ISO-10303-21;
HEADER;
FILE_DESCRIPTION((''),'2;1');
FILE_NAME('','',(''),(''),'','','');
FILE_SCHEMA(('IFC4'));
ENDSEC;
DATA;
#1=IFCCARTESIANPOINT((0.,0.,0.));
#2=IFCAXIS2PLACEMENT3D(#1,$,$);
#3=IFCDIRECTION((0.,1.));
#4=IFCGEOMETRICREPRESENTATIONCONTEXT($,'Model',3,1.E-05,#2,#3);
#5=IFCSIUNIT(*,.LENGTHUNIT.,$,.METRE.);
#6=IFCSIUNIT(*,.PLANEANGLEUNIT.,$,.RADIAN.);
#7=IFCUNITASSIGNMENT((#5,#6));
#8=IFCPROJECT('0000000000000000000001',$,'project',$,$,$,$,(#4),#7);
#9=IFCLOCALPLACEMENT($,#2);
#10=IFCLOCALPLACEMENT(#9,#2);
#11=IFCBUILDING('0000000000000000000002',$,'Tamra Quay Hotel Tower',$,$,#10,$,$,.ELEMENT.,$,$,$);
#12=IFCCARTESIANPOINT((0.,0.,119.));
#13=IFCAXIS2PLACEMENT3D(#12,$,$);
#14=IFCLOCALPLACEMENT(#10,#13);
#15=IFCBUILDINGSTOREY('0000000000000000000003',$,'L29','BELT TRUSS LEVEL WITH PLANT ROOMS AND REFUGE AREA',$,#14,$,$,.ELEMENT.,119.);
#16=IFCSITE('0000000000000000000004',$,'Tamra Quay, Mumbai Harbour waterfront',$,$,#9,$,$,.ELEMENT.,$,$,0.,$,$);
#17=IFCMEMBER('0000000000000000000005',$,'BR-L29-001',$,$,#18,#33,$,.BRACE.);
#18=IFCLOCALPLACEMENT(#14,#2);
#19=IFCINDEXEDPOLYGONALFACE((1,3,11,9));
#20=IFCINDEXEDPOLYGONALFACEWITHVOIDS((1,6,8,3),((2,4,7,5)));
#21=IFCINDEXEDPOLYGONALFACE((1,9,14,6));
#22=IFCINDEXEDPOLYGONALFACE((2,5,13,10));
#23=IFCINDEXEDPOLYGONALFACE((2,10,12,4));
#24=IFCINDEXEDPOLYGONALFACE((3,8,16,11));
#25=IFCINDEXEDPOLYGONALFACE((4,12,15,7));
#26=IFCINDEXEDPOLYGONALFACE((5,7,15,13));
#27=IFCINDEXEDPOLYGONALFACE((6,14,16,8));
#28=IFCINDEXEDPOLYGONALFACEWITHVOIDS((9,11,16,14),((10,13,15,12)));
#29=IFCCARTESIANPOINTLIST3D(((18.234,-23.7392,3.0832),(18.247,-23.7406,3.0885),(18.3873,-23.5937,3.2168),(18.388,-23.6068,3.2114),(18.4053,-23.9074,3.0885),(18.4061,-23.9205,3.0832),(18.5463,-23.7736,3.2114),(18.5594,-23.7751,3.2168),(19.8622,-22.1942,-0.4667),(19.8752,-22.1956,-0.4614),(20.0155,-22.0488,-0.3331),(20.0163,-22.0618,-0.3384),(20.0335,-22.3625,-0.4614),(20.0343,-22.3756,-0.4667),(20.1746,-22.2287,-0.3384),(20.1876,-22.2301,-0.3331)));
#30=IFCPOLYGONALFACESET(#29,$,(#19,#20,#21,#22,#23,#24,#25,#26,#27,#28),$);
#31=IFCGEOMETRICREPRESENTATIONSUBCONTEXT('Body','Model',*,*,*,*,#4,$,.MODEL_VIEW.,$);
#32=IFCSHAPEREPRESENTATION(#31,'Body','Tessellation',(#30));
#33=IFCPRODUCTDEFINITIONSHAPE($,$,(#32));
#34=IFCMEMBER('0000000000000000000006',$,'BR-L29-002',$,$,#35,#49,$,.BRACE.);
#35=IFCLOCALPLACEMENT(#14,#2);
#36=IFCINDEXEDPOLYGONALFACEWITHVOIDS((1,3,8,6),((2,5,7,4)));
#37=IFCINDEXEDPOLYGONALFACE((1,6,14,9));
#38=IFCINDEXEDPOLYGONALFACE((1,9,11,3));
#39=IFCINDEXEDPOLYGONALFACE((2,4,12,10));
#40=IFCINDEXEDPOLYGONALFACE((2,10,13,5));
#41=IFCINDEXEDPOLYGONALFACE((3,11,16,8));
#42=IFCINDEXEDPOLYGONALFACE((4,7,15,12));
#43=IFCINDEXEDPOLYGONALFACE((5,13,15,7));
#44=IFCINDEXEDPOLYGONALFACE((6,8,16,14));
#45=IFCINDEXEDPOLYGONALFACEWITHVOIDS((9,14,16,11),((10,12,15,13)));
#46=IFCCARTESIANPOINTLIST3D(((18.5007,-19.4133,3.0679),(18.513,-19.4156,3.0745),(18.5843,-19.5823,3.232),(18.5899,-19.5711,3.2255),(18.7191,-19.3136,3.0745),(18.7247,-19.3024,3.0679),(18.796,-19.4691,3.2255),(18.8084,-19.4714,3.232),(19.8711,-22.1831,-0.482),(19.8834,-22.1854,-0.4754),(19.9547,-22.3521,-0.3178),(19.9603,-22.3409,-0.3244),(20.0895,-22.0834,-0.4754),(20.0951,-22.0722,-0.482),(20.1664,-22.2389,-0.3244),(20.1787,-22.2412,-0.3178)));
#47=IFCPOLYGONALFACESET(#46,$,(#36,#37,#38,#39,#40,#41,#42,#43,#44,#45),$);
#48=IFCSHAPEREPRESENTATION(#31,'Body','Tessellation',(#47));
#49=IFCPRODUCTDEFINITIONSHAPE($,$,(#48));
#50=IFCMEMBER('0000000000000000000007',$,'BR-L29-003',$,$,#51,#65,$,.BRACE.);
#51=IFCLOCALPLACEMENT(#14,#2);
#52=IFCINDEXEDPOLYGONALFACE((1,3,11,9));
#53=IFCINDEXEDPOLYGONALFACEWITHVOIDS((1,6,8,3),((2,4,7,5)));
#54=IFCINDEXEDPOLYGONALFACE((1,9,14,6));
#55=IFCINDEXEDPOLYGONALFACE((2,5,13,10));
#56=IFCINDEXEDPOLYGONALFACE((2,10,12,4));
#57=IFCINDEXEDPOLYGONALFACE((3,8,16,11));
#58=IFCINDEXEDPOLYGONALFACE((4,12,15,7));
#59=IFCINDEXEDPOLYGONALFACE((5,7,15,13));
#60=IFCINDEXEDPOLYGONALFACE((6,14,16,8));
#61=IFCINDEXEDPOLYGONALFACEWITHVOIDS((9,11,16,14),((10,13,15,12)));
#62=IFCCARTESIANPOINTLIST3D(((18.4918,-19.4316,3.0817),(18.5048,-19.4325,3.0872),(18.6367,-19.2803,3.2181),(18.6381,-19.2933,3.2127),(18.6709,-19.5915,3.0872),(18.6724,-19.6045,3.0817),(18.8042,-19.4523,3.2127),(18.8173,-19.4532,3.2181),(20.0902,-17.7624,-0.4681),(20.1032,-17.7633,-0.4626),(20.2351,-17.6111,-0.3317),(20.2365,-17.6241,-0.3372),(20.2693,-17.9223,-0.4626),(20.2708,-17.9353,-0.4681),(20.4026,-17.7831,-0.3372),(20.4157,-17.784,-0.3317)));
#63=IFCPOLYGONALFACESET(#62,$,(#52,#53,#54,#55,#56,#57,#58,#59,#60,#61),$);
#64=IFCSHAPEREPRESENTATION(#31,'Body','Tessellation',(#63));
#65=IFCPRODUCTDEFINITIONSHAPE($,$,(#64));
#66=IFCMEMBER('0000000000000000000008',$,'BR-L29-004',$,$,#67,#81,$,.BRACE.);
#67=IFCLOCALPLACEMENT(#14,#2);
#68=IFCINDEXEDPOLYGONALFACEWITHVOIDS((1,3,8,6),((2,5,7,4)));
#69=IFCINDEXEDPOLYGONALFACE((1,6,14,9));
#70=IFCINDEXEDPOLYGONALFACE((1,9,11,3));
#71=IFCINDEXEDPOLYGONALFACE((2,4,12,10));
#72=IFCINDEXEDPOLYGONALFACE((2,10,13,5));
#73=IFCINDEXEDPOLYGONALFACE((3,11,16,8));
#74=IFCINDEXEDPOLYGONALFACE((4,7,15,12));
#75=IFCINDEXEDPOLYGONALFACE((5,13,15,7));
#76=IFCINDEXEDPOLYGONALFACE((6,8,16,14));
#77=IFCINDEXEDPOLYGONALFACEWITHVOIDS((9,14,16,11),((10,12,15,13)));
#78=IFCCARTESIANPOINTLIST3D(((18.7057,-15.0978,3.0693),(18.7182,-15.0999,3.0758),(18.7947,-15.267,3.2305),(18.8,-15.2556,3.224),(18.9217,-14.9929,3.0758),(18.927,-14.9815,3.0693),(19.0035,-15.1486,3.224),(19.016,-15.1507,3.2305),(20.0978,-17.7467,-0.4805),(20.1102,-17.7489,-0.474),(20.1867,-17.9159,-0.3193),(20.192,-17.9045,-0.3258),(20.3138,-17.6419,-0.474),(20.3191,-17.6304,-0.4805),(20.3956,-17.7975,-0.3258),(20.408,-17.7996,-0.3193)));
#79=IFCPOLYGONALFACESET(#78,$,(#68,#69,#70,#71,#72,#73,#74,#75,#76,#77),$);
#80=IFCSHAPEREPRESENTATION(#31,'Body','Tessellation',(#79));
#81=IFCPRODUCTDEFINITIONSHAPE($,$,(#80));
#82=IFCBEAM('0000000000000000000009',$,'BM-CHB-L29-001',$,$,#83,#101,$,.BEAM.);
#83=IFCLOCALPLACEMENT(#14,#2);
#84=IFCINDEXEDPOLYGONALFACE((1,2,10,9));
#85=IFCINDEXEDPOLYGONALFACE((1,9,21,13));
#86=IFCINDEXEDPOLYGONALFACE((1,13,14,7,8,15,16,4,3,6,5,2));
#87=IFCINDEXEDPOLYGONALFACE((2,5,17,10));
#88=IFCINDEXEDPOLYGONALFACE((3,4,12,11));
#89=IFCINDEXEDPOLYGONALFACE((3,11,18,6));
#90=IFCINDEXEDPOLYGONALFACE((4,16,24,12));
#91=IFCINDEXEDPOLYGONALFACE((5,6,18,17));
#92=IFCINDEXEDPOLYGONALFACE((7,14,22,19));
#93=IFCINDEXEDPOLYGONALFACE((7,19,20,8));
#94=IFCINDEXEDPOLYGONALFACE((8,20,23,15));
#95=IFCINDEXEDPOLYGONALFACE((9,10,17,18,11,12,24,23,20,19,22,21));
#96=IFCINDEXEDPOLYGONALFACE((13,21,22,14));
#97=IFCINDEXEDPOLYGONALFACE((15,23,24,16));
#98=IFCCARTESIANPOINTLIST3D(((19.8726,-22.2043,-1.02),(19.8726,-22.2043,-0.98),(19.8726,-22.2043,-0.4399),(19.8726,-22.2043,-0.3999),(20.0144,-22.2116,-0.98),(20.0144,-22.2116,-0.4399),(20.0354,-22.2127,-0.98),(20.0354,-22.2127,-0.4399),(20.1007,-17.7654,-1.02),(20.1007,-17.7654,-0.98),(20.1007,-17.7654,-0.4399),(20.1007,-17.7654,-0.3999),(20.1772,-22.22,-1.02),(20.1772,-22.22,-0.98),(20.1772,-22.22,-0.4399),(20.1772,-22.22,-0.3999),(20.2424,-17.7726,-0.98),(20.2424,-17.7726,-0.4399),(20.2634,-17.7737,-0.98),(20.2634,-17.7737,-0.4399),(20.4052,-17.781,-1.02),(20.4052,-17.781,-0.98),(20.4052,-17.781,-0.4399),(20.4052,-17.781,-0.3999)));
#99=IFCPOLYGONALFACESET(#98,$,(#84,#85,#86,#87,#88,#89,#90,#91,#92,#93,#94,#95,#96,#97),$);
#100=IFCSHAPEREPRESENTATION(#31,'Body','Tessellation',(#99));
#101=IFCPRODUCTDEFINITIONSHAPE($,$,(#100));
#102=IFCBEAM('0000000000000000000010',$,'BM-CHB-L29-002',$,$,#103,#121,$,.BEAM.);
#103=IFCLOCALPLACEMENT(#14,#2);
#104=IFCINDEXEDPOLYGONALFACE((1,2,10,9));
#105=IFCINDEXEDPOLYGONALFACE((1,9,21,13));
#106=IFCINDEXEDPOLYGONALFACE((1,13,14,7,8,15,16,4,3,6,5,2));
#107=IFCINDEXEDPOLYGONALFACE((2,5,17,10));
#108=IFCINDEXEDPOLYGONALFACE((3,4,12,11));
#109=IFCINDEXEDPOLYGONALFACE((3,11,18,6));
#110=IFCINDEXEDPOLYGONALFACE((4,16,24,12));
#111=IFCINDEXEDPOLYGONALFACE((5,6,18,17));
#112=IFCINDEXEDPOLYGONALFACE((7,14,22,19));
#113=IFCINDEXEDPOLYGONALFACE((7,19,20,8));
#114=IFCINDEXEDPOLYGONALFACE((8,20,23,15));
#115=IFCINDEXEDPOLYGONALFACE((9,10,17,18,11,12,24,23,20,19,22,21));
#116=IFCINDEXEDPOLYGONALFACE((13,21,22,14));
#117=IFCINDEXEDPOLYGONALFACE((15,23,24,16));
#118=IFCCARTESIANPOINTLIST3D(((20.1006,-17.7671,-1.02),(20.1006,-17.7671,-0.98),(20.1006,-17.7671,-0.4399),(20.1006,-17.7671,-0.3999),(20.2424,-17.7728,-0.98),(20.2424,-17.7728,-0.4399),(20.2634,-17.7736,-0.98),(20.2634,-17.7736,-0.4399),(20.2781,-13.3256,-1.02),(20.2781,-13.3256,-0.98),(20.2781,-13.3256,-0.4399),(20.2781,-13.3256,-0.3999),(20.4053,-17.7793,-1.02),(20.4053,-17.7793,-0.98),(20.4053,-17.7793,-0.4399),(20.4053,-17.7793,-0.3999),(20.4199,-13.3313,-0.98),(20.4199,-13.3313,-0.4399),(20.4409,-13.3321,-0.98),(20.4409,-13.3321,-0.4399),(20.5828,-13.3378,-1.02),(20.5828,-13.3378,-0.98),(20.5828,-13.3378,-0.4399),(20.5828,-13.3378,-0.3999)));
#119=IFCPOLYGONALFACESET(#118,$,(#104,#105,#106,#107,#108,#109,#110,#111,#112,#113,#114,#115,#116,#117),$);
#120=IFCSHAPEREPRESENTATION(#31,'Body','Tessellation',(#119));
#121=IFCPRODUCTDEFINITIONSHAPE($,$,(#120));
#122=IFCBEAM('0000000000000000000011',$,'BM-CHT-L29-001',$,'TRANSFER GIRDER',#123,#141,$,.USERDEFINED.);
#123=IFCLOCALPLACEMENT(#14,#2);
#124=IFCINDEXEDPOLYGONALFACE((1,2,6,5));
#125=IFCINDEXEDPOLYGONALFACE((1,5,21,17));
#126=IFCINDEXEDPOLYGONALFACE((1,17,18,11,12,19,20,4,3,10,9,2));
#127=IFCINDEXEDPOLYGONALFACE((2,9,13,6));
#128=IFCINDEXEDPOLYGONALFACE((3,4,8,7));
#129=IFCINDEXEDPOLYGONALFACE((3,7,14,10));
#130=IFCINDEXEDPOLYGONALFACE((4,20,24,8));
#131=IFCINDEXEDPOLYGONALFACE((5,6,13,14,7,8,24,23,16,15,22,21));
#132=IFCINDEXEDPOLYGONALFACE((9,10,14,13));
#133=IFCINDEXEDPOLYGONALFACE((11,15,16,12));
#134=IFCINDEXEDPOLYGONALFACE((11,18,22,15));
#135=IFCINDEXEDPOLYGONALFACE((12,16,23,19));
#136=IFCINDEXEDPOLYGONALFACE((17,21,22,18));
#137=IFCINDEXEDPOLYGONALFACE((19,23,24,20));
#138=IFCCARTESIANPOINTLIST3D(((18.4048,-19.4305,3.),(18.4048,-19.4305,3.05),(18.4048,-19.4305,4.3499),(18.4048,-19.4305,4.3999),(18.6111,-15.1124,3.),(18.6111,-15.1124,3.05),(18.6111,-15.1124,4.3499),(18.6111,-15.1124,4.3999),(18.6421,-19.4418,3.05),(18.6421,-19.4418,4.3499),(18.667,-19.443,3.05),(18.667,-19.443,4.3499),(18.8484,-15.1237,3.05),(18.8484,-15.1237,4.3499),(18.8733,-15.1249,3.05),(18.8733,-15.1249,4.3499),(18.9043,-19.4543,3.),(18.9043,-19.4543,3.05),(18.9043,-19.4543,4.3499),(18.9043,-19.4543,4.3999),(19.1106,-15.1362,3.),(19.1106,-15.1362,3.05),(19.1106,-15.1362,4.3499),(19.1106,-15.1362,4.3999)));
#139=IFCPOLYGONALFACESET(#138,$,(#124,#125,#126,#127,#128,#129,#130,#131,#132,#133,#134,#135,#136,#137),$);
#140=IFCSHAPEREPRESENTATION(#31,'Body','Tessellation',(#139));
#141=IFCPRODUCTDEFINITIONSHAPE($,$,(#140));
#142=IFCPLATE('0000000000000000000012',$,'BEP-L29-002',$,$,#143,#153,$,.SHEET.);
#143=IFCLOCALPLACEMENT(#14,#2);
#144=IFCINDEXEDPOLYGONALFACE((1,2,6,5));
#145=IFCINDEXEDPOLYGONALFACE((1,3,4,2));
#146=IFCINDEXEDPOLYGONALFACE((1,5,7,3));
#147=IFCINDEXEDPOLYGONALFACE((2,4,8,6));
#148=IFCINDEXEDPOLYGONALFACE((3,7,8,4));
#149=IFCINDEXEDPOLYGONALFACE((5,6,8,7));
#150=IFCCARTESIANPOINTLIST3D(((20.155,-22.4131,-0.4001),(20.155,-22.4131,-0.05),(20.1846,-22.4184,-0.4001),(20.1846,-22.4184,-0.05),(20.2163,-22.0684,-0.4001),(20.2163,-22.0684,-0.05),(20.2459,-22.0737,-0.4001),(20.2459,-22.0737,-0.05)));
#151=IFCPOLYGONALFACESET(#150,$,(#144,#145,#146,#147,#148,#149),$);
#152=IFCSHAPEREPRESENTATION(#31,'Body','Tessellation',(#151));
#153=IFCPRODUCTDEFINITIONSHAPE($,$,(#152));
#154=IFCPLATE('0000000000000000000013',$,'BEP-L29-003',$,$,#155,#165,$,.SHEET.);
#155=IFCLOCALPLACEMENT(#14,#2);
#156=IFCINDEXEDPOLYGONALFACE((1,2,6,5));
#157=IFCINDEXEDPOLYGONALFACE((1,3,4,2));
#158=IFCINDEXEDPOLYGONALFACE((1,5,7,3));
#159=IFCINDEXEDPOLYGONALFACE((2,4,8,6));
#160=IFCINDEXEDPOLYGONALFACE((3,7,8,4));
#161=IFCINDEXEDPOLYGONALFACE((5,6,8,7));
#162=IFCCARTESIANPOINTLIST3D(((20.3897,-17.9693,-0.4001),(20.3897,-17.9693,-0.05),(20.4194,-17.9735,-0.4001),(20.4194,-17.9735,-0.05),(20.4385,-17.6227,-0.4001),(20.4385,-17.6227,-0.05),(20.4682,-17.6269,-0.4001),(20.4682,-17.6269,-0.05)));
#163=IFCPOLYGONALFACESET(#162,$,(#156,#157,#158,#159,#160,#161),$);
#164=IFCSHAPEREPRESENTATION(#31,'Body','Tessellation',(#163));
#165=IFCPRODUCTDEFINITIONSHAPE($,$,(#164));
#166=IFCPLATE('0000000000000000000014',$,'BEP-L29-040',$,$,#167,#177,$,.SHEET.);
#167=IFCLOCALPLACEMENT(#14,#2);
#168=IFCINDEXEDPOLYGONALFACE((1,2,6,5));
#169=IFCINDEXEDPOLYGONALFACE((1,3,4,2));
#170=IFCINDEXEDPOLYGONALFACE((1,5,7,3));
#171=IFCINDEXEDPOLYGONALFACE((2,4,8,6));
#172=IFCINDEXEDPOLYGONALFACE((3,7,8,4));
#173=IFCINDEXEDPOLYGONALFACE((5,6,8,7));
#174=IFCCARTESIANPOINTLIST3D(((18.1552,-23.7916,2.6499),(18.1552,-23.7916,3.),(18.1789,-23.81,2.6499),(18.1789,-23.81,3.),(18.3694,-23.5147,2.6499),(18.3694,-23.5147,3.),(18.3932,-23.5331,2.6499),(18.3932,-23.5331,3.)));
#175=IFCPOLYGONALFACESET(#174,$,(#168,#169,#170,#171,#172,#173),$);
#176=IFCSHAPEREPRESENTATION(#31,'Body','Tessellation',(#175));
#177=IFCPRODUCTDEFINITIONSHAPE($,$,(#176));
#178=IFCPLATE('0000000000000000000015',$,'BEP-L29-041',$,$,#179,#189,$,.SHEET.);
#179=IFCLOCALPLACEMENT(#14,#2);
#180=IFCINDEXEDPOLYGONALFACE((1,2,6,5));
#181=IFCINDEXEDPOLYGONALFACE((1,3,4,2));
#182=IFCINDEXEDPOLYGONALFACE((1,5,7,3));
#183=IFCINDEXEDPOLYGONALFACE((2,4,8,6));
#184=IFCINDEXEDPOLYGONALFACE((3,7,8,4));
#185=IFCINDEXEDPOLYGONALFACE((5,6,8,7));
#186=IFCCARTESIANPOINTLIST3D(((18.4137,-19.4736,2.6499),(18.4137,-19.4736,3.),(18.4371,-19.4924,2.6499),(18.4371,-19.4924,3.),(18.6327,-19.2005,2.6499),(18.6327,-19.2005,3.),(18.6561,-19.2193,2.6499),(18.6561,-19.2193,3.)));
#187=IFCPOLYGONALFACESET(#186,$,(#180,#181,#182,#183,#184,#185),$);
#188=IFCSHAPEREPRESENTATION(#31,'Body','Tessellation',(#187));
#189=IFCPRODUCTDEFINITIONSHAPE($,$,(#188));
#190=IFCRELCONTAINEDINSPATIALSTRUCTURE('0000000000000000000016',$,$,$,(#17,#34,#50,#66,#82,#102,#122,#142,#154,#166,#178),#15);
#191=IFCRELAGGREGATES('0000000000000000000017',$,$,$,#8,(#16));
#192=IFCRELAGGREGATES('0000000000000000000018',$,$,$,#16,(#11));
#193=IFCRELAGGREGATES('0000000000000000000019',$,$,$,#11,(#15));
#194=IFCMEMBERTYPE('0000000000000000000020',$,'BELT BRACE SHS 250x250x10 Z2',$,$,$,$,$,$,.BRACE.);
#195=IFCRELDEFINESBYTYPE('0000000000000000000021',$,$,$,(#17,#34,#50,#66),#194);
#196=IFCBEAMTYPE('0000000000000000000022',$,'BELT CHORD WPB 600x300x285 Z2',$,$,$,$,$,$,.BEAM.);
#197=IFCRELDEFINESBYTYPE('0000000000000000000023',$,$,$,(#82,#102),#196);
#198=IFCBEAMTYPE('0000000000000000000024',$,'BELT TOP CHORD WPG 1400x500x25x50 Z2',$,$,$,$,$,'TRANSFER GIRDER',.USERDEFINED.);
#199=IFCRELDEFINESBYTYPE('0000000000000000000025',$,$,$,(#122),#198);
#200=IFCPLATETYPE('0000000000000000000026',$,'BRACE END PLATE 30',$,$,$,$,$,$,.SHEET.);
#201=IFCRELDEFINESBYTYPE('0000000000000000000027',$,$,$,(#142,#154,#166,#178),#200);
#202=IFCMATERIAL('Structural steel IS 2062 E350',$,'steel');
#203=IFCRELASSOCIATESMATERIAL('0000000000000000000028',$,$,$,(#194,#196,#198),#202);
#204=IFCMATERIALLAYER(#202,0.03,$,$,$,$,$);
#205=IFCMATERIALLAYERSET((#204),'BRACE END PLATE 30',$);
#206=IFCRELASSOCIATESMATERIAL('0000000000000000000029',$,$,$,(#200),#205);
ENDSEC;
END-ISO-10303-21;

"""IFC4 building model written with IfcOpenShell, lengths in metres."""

from ifc_helpers import new_model, si_unit, direction, frame, origin, origin_2d, place, context, subcontext, project, spatial, rectangle, hollow_rectangle, i_section, extrude, material, layer, layer_set, material_profile, profile_set, type_object, element, save


model = new_model("IFC4")

# Units and contexts
model_context = context("Model", 3, precision=1e-05, world=origin(), true_north=direction((0.0, 1.0)))
body_context = subcontext(model_context, "Body", "Model", "MODEL_VIEW")
ifc_project = project(units=[si_unit("LENGTHUNIT", "METRE"), si_unit("PLANEANGLEUNIT", "RADIAN")], contexts=[model_context])

# Site, building, storey
site_placement = place(None, origin())
site = spatial("IfcSite", under=ifc_project, at=site_placement, Name="Tamra Quay, Mumbai Harbour waterfront", CompositionType="ELEMENT", RefElevation=0.0)
building_placement = place(site_placement, origin())
building = spatial("IfcBuilding", under=site, at=building_placement, Name="Tamra Quay Hotel Tower", CompositionType="ELEMENT")
storey_placement = place(building_placement, frame((0.0, 0.0, 119.0)))
storey = spatial("IfcBuildingStorey", under=building, at=storey_placement, Name="L29", Description="BELT TRUSS LEVEL WITH PLANT ROOMS AND REFUGE AREA", CompositionType="ELEMENT", Elevation=119.0)

# Members
ifc_material_1 = material(Name="Structural steel IS 2062 E350", Category="steel")
ifc_material_profile_1 = material_profile(ifc_material_1, hollow_rectangle(XDim=0.25, YDim=0.25, WallThickness=0.01, at=origin_2d()), Name="SHS 250x250x10")
ifc_profile_set_1 = profile_set([ifc_material_profile_1], Name="Structural steel IS 2062 E350")
member_type = type_object("IfcMemberType", Name="BELT BRACE SHS 250x250x10 Z2", PredefinedType="BRACE", material=ifc_profile_set_1)
member_1_placement = place(storey_placement, frame((20.0249, -22.2122, -0.3999), z_axis=(-0.387673, -0.367851, 0.845219), x_axis=(0.688318, -0.725409, 0.0)))
element("IfcMember", 1, at=member_1_placement, inside=storey, type_object=member_type, Name="BR-L29-001", PredefinedType="BRACE", context=body_context, shape_type="SweptSolid", body=[
    extrude(hollow_rectangle(XDim=0.25, YDim=0.25, WallThickness=0.01, at=origin_2d()), origin(), (0.0, 0.0, 1.0), 4.2),
])
member_2_placement = place(storey_placement, frame((20.0249, -22.2122, -0.3999), z_axis=(-0.291167, 0.588506, 0.754243), x_axis=(-0.8963, -0.443449, 0.0)))
element("IfcMember", 2, at=member_2_placement, inside=storey, type_object=member_type, Name="BR-L29-002", PredefinedType="BRACE", context=body_context, shape_type="SweptSolid", body=[
    extrude(hollow_rectangle(XDim=0.25, YDim=0.25, WallThickness=0.01, at=origin_2d()), origin(), (0.0, 0.0, 1.0), 4.7065),
])
member_3_placement = place(storey_placement, frame((20.2529, -17.7732, -0.3999), z_axis=(-0.377351, -0.394065, 0.838045), x_axis=(0.722259, -0.691623, 0.0)))
element("IfcMember", 3, at=member_3_placement, inside=storey, type_object=member_type, Name="BR-L29-003", PredefinedType="BRACE", context=body_context, shape_type="SweptSolid", body=[
    extrude(hollow_rectangle(XDim=0.25, YDim=0.25, WallThickness=0.01, at=origin_2d()), origin(), (0.0, 0.0, 1.0), 4.2358),
])
member_4_placement = place(storey_placement, frame((20.2529, -17.7732, -0.3999), z_axis=(-0.299837, 0.570542, 0.764578), x_axis=(-0.885205, -0.465202, 0.0)))
element("IfcMember", 4, at=member_4_placement, inside=storey, type_object=member_type, Name="BR-L29-004", PredefinedType="BRACE", context=body_context, shape_type="SweptSolid", body=[
    extrude(hollow_rectangle(XDim=0.25, YDim=0.25, WallThickness=0.01, at=origin_2d()), origin(), (0.0, 0.0, 1.0), 4.6428),
])

# Beams
ifc_material_profile_2 = material_profile(ifc_material_1, i_section(OverallWidth=0.3049, OverallDepth=0.6201, WebThickness=0.021, FlangeThickness=0.04, at=origin_2d()), Name="WPB 600x300x285")
ifc_profile_set_2 = profile_set([ifc_material_profile_2], Name="Structural steel IS 2062 E350")
beam_type_1 = type_object("IfcBeamType", Name="BELT CHORD WPB 600x300x285 Z2", PredefinedType="BEAM", material=ifc_profile_set_2)
beam_1_placement = place(storey_placement, frame((20.0249, -22.2122, -0.71), z_axis=(0.051302, 0.998683, 0.0), x_axis=(-0.998683, 0.051302, 0.0)))
element("IfcBeam", 5, at=beam_1_placement, inside=storey, type_object=beam_type_1, Name="BM-CHB-L29-001", PredefinedType="BEAM", context=body_context, shape_type="SweptSolid", body=[
    extrude(i_section(OverallWidth=0.3049, OverallDepth=0.6201, WebThickness=0.021, FlangeThickness=0.04, at=origin_2d()), origin(), (0.0, 0.0, 1.0), 4.4448),
])
beam_2_placement = place(storey_placement, frame((20.2529, -17.7732, -0.71), z_axis=(0.039931, 0.999202, 0.0), x_axis=(-0.999202, 0.039931, 0.0)))
element("IfcBeam", 6, at=beam_2_placement, inside=storey, type_object=beam_type_1, Name="BM-CHB-L29-002", PredefinedType="BEAM", context=body_context, shape_type="SweptSolid", body=[
    extrude(i_section(OverallWidth=0.3049, OverallDepth=0.6201, WebThickness=0.021, FlangeThickness=0.04, at=origin_2d()), origin(), (0.0, 0.0, 1.0), 4.4451),
])
ifc_material_profile_3 = material_profile(ifc_material_1, i_section(OverallWidth=0.5, OverallDepth=1.3999, WebThickness=0.0249, FlangeThickness=0.05, at=origin_2d()), Name="WPG 1400x500x25x50")
ifc_profile_set_3 = profile_set([ifc_material_profile_3], Name="Structural steel IS 2062 E350")
beam_type_2 = type_object("IfcBeamType", Name="BELT TOP CHORD WPG 1400x500x25x50 Z2", ElementType="TRANSFER GIRDER", PredefinedType="USERDEFINED", material=ifc_profile_set_3)
beam_3_placement = place(storey_placement, frame((18.6545, -19.4424, 3.7), z_axis=(0.047721, 0.998861, 0.0), x_axis=(-0.998861, 0.047721, 0.0)))
element("IfcBeam", 7, at=beam_3_placement, inside=storey, type_object=beam_type_2, Name="BM-CHT-L29-001", ObjectType="TRANSFER GIRDER", PredefinedType="USERDEFINED", context=body_context, shape_type="SweptSolid", body=[
    extrude(i_section(OverallWidth=0.5, OverallDepth=1.3999, WebThickness=0.0249, FlangeThickness=0.05, at=origin_2d()), origin(), (0.0, 0.0, 1.0), 4.323),
])

# Plates
ifc_layer_1 = layer(ifc_material_1, 0.03)
ifc_layer_set_1 = layer_set([ifc_layer_1], Name="BRACE END PLATE 30")
plate_type = type_object("IfcPlateType", Name="BRACE END PLATE 30", PredefinedType="SHEET", material=ifc_layer_set_1)
for number, where, z_axis, x_axis, name in (
    (8, (20.2004, -22.2434, -0.4001), (0.0, 0.0, 1.0), (-0.984537, 0.175179, 0.0), "BEP-L29-002"),
    (9, (20.429, -17.7981, -0.4001), (0.0, 0.0, 1.0), (-0.990221, 0.139507, 0.0), "BEP-L29-003"),
    (10, (18.2742, -23.6624, 2.6499), (0.0, 0.0, 1.0), (-0.790794, 0.612082, 0.0), "BEP-L29-040"),
    (11, (18.5349, -19.3464, 2.6499), (0.0, 0.0, 1.0), (-0.780221, 0.625504, 0.0), "BEP-L29-041"),
):
    element("IfcPlate", number, at=place(storey_placement, frame(where, z_axis=z_axis, x_axis=x_axis)), inside=storey, type_object=plate_type, Name=name, PredefinedType="SHEET", context=body_context, shape_type="SweptSolid", body=[
        extrude(rectangle(XDim=0.03, YDim=0.3501, at=origin_2d()), origin(), (0.0, 0.0, 1.0), 0.3501),
    ])

save(model, "model.ifc")
